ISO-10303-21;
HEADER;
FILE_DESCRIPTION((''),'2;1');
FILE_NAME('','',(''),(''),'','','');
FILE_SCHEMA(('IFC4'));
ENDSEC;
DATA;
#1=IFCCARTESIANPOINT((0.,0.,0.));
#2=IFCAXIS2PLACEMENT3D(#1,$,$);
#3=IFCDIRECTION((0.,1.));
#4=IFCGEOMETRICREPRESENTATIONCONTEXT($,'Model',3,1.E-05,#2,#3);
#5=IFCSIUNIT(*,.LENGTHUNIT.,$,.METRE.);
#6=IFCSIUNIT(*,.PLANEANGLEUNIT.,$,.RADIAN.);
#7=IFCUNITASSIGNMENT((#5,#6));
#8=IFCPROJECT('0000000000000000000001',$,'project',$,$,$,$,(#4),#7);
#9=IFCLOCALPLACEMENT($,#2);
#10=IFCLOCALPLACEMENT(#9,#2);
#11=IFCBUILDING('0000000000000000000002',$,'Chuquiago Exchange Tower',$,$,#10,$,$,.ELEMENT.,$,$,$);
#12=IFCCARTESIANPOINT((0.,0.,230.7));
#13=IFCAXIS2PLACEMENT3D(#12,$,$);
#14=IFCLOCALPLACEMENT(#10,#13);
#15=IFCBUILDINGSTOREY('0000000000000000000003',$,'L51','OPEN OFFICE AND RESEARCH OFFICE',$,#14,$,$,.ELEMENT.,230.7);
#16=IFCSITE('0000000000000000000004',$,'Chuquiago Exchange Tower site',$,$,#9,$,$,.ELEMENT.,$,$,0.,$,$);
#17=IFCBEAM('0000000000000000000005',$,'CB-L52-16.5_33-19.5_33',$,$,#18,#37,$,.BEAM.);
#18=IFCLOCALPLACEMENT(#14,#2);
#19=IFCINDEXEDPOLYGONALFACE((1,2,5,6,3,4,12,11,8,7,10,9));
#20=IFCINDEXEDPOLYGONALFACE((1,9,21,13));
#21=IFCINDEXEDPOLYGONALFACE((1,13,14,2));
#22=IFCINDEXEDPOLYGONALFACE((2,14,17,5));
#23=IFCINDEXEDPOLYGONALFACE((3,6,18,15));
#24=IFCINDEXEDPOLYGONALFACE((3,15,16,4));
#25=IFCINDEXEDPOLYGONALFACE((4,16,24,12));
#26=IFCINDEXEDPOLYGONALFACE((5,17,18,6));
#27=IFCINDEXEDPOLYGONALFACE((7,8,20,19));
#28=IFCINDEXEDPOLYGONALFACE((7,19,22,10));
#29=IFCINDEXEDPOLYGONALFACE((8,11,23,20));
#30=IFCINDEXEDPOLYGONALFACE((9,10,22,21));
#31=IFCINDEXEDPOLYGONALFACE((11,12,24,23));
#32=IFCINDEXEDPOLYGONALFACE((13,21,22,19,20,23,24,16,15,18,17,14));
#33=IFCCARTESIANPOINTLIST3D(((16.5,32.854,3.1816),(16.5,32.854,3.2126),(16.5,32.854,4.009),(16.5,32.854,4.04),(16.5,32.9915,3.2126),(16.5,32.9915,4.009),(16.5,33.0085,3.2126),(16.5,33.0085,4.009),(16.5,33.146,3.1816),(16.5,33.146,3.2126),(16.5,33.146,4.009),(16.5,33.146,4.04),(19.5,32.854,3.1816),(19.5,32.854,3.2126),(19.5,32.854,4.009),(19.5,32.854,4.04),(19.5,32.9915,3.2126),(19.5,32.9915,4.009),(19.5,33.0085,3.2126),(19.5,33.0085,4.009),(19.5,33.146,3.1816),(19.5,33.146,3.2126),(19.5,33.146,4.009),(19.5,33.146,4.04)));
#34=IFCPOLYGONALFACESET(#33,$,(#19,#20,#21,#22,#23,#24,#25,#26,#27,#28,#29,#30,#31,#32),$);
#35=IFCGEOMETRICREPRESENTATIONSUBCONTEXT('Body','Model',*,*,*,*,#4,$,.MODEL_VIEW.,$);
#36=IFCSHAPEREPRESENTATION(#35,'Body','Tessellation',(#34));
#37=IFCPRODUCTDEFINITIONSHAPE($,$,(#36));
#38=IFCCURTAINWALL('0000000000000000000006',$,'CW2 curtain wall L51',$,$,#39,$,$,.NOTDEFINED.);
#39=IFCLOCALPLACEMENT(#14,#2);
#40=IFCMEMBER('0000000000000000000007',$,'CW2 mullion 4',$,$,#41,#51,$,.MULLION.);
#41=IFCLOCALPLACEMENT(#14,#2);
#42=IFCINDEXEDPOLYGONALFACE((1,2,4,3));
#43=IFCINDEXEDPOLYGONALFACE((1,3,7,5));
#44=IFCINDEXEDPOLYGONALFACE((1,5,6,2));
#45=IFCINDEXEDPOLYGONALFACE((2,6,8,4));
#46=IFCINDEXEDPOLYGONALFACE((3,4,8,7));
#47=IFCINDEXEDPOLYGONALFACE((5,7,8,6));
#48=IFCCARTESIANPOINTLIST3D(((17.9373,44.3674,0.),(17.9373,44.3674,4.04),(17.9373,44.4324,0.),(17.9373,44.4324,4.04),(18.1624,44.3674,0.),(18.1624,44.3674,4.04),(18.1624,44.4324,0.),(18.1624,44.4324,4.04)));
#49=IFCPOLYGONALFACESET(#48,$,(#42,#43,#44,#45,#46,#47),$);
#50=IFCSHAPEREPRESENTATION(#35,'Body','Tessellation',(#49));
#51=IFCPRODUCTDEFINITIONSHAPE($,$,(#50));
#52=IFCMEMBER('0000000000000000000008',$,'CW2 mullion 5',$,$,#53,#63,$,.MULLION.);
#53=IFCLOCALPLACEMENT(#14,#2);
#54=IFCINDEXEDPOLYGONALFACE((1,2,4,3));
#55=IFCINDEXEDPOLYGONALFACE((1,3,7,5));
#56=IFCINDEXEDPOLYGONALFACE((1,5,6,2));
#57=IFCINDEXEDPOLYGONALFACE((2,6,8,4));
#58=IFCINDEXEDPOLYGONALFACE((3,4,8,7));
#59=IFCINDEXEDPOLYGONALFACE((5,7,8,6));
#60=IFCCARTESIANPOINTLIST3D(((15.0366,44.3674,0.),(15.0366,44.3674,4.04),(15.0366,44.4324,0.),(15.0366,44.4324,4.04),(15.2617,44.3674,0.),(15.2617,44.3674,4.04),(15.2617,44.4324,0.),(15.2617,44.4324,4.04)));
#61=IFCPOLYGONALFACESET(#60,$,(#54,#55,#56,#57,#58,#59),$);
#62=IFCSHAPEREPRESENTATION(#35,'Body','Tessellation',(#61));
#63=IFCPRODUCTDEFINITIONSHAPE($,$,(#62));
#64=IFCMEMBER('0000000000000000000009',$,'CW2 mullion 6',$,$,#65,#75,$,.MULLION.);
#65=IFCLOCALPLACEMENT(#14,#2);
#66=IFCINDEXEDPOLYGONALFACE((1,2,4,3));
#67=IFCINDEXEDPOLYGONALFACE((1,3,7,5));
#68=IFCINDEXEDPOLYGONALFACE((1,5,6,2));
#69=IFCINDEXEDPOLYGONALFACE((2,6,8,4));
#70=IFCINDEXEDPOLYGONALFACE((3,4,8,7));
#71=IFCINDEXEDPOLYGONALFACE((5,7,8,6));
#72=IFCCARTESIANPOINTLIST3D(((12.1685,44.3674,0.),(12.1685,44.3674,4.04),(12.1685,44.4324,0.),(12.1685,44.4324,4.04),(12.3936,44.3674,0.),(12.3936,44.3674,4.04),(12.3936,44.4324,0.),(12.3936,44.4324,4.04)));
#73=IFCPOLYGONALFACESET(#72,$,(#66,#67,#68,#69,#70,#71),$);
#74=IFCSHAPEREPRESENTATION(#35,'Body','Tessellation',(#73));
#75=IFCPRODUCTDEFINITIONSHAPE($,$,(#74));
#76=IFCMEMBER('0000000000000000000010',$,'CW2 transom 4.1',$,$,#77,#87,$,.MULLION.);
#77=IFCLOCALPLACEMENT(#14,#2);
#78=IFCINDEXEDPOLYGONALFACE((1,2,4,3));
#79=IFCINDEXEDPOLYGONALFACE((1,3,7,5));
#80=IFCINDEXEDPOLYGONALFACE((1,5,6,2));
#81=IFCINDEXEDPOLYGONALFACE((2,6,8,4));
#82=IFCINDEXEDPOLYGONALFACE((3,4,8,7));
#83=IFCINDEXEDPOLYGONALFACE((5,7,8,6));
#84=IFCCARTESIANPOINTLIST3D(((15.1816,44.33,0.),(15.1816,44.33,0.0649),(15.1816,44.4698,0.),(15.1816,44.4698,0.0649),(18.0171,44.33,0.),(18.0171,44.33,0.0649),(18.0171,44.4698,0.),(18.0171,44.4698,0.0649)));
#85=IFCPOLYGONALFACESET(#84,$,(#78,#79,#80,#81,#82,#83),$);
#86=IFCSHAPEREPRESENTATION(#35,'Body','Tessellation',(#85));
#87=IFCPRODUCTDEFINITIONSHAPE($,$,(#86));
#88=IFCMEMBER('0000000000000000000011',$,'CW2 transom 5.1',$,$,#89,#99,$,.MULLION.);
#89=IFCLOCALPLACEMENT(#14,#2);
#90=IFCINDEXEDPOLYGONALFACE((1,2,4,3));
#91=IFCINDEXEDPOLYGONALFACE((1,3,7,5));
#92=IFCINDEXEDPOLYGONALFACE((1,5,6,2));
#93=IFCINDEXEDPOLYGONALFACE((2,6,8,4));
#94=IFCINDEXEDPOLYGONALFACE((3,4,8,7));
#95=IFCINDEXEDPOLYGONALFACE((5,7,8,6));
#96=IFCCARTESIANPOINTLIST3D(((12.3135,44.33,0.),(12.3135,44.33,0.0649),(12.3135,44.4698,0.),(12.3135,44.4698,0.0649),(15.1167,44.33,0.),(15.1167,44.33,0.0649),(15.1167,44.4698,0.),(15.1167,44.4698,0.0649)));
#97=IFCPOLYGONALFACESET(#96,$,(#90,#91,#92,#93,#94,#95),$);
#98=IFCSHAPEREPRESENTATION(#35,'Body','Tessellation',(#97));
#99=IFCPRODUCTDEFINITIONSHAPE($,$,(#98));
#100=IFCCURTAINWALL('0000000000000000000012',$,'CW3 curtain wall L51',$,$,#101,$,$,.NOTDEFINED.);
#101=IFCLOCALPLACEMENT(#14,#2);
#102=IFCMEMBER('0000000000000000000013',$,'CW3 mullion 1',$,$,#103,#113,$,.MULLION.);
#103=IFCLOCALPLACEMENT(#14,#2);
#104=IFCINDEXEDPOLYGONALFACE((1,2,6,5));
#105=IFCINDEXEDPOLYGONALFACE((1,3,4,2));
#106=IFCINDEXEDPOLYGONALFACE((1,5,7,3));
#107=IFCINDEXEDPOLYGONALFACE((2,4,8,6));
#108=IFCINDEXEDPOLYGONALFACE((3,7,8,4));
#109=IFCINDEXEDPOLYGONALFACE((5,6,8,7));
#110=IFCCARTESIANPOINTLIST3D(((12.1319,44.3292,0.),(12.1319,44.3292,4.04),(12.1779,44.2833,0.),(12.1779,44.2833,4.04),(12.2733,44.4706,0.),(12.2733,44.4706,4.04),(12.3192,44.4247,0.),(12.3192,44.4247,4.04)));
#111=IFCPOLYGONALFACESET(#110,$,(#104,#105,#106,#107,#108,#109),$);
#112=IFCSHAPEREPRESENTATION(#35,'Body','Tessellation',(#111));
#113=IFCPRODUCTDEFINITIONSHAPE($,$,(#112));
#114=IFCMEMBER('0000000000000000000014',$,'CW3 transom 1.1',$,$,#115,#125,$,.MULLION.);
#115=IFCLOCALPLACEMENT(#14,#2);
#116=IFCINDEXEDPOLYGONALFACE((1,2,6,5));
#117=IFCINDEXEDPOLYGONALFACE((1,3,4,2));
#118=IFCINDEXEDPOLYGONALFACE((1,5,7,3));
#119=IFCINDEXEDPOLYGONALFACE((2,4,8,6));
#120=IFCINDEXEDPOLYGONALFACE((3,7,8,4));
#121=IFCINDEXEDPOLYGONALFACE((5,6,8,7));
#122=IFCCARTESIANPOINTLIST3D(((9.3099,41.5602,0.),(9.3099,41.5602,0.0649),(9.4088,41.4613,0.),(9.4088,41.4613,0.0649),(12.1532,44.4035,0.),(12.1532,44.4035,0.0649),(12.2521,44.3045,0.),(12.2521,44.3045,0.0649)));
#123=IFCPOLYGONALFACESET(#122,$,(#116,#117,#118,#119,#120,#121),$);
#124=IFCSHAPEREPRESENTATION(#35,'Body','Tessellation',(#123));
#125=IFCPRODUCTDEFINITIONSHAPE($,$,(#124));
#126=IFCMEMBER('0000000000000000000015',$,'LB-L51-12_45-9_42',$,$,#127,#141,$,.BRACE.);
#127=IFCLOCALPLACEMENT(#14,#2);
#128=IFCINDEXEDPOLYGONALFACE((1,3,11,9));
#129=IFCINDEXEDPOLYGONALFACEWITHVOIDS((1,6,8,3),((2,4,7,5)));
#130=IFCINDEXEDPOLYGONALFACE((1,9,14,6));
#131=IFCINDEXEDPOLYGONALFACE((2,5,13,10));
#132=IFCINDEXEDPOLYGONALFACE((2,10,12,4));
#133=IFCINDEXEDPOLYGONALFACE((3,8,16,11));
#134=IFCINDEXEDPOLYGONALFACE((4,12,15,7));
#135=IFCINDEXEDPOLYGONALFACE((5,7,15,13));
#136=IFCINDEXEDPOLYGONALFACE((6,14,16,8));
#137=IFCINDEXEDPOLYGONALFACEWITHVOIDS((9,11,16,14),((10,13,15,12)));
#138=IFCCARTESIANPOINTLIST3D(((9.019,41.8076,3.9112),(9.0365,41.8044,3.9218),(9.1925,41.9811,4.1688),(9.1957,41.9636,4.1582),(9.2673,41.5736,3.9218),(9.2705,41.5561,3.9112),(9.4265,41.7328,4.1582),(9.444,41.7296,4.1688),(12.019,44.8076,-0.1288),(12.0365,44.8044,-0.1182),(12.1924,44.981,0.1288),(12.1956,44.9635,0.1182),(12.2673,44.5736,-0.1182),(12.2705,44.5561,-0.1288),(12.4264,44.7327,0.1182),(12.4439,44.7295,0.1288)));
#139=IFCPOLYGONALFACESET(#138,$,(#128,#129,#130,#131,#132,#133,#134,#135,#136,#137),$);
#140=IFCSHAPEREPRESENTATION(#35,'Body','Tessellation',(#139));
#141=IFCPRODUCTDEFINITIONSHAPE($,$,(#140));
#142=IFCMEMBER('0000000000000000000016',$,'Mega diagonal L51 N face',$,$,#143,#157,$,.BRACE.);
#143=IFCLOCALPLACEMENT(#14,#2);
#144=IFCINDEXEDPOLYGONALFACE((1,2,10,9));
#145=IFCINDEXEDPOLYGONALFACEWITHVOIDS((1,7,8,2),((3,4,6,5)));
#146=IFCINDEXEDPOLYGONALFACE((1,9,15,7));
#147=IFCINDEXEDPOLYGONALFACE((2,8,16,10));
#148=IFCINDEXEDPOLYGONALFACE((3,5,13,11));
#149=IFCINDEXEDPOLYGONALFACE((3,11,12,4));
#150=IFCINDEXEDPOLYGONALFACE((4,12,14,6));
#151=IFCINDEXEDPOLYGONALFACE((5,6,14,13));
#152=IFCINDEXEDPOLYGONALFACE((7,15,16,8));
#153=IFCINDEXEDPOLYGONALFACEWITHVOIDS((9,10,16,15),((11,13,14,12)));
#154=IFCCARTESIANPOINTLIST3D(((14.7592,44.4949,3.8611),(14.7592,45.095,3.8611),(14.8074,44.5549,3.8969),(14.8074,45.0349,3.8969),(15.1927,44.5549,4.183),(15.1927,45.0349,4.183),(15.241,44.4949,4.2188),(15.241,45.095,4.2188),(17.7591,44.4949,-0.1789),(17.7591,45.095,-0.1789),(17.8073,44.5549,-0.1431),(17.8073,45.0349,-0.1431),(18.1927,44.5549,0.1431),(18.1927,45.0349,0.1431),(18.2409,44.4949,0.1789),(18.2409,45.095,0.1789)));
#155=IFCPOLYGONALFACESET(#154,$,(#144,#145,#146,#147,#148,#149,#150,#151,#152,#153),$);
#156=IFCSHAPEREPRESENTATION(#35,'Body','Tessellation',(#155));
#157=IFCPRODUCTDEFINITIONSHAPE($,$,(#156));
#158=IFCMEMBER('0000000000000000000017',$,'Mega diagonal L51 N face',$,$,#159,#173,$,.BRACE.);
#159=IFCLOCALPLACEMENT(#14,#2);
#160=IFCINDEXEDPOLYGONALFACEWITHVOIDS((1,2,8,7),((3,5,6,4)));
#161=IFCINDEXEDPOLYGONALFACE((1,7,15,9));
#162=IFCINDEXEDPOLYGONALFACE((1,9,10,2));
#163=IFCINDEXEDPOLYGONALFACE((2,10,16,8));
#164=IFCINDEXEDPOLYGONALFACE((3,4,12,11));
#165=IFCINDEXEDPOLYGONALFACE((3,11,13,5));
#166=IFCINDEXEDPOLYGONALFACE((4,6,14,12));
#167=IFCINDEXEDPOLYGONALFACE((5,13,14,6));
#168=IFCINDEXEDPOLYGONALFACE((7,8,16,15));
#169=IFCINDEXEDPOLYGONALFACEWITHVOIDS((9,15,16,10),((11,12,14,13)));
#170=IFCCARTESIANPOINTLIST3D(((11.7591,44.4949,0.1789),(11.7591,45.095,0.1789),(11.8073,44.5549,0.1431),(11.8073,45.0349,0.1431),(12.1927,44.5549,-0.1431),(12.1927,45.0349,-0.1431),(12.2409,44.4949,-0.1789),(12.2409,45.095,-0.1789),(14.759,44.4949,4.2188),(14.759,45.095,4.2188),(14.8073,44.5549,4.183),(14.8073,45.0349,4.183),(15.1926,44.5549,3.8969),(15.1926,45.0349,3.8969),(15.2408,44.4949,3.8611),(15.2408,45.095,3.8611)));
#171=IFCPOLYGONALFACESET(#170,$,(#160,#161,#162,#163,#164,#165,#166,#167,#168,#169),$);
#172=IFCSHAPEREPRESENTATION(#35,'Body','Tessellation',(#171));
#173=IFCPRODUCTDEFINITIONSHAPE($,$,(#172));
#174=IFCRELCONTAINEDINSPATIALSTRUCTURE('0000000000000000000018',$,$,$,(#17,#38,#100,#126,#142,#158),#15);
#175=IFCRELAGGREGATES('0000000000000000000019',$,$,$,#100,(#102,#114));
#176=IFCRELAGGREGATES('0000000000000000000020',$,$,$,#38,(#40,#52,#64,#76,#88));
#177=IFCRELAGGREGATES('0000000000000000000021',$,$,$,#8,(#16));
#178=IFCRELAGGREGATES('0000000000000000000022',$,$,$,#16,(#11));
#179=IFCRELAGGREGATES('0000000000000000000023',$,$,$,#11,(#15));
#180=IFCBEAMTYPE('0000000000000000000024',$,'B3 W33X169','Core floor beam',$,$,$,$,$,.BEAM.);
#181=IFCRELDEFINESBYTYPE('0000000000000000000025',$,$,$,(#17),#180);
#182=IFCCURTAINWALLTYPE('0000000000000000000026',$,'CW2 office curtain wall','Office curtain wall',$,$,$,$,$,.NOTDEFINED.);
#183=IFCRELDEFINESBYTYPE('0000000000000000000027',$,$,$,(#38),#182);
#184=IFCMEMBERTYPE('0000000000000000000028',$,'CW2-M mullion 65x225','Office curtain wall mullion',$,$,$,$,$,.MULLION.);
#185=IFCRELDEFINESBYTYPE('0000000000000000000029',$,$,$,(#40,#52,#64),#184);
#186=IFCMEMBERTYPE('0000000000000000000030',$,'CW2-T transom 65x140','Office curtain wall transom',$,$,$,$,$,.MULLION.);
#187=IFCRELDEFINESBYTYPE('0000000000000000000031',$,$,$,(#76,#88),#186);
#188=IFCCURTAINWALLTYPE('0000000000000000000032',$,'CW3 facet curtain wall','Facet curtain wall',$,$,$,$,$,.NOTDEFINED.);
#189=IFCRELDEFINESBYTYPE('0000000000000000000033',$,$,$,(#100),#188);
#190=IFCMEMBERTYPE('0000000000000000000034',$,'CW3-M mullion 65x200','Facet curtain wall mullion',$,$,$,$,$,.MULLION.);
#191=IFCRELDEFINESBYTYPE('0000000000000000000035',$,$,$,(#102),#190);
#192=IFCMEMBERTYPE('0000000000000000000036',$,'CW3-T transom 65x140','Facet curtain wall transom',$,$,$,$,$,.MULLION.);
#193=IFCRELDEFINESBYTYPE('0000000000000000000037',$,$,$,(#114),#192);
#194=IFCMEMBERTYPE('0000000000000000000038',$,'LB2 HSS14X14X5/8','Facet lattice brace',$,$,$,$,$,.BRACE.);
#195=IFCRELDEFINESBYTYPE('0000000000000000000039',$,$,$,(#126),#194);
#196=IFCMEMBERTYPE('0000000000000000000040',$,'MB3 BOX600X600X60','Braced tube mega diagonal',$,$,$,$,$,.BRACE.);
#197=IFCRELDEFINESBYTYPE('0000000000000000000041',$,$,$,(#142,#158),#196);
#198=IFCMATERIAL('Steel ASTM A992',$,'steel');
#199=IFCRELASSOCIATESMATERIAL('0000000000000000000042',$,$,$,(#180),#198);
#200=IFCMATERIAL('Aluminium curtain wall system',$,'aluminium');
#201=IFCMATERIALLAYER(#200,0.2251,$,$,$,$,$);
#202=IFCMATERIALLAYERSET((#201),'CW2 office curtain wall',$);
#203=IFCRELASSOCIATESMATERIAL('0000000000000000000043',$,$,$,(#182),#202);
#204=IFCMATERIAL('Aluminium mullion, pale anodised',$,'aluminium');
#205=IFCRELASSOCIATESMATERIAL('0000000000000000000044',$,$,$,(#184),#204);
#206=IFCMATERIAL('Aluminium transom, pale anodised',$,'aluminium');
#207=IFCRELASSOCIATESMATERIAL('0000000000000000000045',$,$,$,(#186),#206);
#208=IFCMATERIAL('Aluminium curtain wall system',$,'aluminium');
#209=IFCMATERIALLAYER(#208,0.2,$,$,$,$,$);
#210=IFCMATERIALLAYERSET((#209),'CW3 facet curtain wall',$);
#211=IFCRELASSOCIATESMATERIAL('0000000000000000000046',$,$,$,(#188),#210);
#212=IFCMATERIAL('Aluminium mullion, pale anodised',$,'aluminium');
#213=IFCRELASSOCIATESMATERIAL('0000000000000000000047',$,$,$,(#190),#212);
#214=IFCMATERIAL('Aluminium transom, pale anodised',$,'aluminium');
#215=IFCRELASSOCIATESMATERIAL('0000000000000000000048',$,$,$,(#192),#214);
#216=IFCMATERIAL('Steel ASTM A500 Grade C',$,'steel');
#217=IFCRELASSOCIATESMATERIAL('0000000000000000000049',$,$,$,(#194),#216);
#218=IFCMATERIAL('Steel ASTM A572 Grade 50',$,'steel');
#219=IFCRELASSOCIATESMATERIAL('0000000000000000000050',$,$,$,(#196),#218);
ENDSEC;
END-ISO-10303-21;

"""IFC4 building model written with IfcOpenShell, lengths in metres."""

from ifc_helpers import new_model, si_unit, direction, frame, origin, origin_2d, place, context, subcontext, project, spatial, rectangle, hollow_rectangle, i_section, extrude, material, layer, layer_set, material_profile, profile_set, type_object, element, aggregate, save


model = new_model("IFC4")

# Units and contexts
model_context = context("Model", 3, precision=1e-05, world=origin(), true_north=direction((0.0, 1.0)))
body_context = subcontext(model_context, "Body", "Model", "MODEL_VIEW")
ifc_project = project(units=[si_unit("LENGTHUNIT", "METRE"), si_unit("PLANEANGLEUNIT", "RADIAN")], contexts=[model_context])

# Site, building, storey
site_placement = place(None, origin())
site = spatial("IfcSite", under=ifc_project, at=site_placement, Name="Chuquiago Exchange Tower site", CompositionType="ELEMENT", RefElevation=0.0)
building_placement = place(site_placement, origin())
building = spatial("IfcBuilding", under=site, at=building_placement, Name="Chuquiago Exchange Tower", CompositionType="ELEMENT")
storey_placement = place(building_placement, frame((0.0, 0.0, 230.7)))
storey = spatial("IfcBuildingStorey", under=building, at=storey_placement, Name="L51", Description="OPEN OFFICE AND RESEARCH OFFICE", CompositionType="ELEMENT", Elevation=230.7)

# Beam
ifc_material_1 = material(Name="Steel ASTM A992", Category="steel")
ifc_material_profile_1 = material_profile(ifc_material_1, i_section(OverallWidth=0.292, OverallDepth=0.8584, WebThickness=0.0171, FlangeThickness=0.031, at=origin_2d()), Name="W33X169")
ifc_profile_set_1 = profile_set([ifc_material_profile_1], Name="Steel ASTM A992")
beam_type_1 = type_object("IfcBeamType", Name="B3 W33X169", Description="Core floor beam", PredefinedType="BEAM", material=ifc_profile_set_1)
beam_1_placement = place(storey_placement, frame((16.5, 33.0, 3.6108), z_axis=(1.0, 0.0, 0.0), x_axis=(0.0, 1.0, 0.0)))
element("IfcBeam", 1, at=beam_1_placement, inside=storey, type_object=beam_type_1, Name="CB-L52-16.5_33-19.5_33", PredefinedType="BEAM", context=body_context, shape_type="SweptSolid", body=[
    extrude(i_section(OverallWidth=0.292, OverallDepth=0.8584, WebThickness=0.0171, FlangeThickness=0.031, at=origin_2d()), origin(), (0.0, 0.0, 1.0), 3.0),
])

# Curtain walls, members
ifc_material_2 = material(Name="Aluminium curtain wall system", Category="aluminium")
ifc_layer_1 = layer(ifc_material_2, 0.2251)
ifc_layer_set_1 = layer_set([ifc_layer_1], Name="CW2 office curtain wall")
curtain_wall_type_1 = type_object("IfcCurtainWallType", Name="CW2 office curtain wall", Description="Office curtain wall", PredefinedType="NOTDEFINED", material=ifc_layer_set_1)
curtain_wall_1_placement = place(storey_placement, origin())
curtain_wall_1 = element("IfcCurtainWall", 2, at=curtain_wall_1_placement, inside=storey, type_object=curtain_wall_type_1, Name="CW2 curtain wall L51", PredefinedType="NOTDEFINED")
ifc_material_3 = material(Name="Aluminium mullion, pale anodised", Category="aluminium")
ifc_material_profile_2 = material_profile(ifc_material_3, rectangle(XDim=0.0649, YDim=0.2251, at=origin_2d()), Name="AL 65x225")
ifc_profile_set_2 = profile_set([ifc_material_profile_2], Name="Aluminium mullion, pale anodised")
member_type_1 = type_object("IfcMemberType", Name="CW2-M mullion 65x225", Description="Office curtain wall mullion", PredefinedType="MULLION", material=ifc_profile_set_2)
member_1_placement = place(storey_placement, frame((18.0498, 44.3999, 0.0), z_axis=(0.0, 0.0, 1.0), x_axis=(0.0, -1.0, 0.0)))
member_1 = element("IfcMember", 3, at=member_1_placement, type_object=member_type_1, Name="CW2 mullion 4", PredefinedType="MULLION", context=body_context, shape_type="SweptSolid", body=[
    extrude(rectangle(XDim=0.0649, YDim=0.2251, at=origin_2d()), origin(), (0.0, 0.0, 1.0), 4.04),
])
member_2_placement = place(storey_placement, frame((15.1492, 44.3999, 0.0), z_axis=(0.0, 0.0, 1.0), x_axis=(0.0, -1.0, 0.0)))
member_2 = element("IfcMember", 4, at=member_2_placement, type_object=member_type_1, Name="CW2 mullion 5", PredefinedType="MULLION", context=body_context, shape_type="SweptSolid", body=[
    extrude(rectangle(XDim=0.0649, YDim=0.2251, at=origin_2d()), origin(), (0.0, 0.0, 1.0), 4.04),
])
member_3_placement = place(storey_placement, frame((12.281, 44.3999, 0.0), z_axis=(0.0, 0.0, 1.0), x_axis=(0.0, -1.0, 0.0)))
member_3 = element("IfcMember", 5, at=member_3_placement, type_object=member_type_1, Name="CW2 mullion 6", PredefinedType="MULLION", context=body_context, shape_type="SweptSolid", body=[
    extrude(rectangle(XDim=0.0649, YDim=0.2251, at=origin_2d()), origin(), (0.0, 0.0, 1.0), 4.04),
])
ifc_material_4 = material(Name="Aluminium transom, pale anodised", Category="aluminium")
ifc_material_profile_3 = material_profile(ifc_material_4, rectangle(XDim=0.1399, YDim=0.0649, at=origin_2d()), Name="AL 140x65")
ifc_profile_set_3 = profile_set([ifc_material_profile_3], Name="Aluminium transom, pale anodised")
member_type_2 = type_object("IfcMemberType", Name="CW2-T transom 65x140", Description="Office curtain wall transom", PredefinedType="MULLION", material=ifc_profile_set_3)
member_4_placement = place(storey_placement, frame((18.0171, 44.3999, 0.0325), z_axis=(-1.0, 0.0, 0.0), x_axis=(0.0, -1.0, 0.0)))
member_4 = element("IfcMember", 6, at=member_4_placement, type_object=member_type_2, Name="CW2 transom 4.1", PredefinedType="MULLION", context=body_context, shape_type="SweptSolid", body=[
    extrude(rectangle(XDim=0.1399, YDim=0.0649, at=origin_2d()), origin(), (0.0, 0.0, 1.0), 2.8354),
])
member_5_placement = place(storey_placement, frame((15.1167, 44.3999, 0.0325), z_axis=(-1.0, 0.0, 0.0), x_axis=(0.0, -1.0, 0.0)))
member_5 = element("IfcMember", 7, at=member_5_placement, type_object=member_type_2, Name="CW2 transom 5.1", PredefinedType="MULLION", context=body_context, shape_type="SweptSolid", body=[
    extrude(rectangle(XDim=0.1399, YDim=0.0649, at=origin_2d()), origin(), (0.0, 0.0, 1.0), 2.8032),
])
ifc_material_5 = material(Name="Aluminium curtain wall system", Category="aluminium")
ifc_layer_2 = layer(ifc_material_5, 0.2)
ifc_layer_set_2 = layer_set([ifc_layer_2], Name="CW3 facet curtain wall")
curtain_wall_type_2 = type_object("IfcCurtainWallType", Name="CW3 facet curtain wall", Description="Facet curtain wall", PredefinedType="NOTDEFINED", material=ifc_layer_set_2)
curtain_wall_2_placement = place(storey_placement, origin())
curtain_wall_2 = element("IfcCurtainWall", 8, at=curtain_wall_2_placement, inside=storey, type_object=curtain_wall_type_2, Name="CW3 curtain wall L51", PredefinedType="NOTDEFINED")
ifc_material_6 = material(Name="Aluminium mullion, pale anodised", Category="aluminium")
ifc_material_profile_4 = material_profile(ifc_material_6, rectangle(XDim=0.0649, YDim=0.2, at=origin_2d()), Name="AL 65x200")
ifc_profile_set_4 = profile_set([ifc_material_profile_4], Name="Aluminium mullion, pale anodised")
member_type_3 = type_object("IfcMemberType", Name="CW3-M mullion 65x200", Description="Facet curtain wall mullion", PredefinedType="MULLION", material=ifc_profile_set_4)
member_6_placement = place(storey_placement, frame((12.2256, 44.377, 0.0), z_axis=(0.0, 0.0, 1.0), x_axis=(0.707107, -0.707107, 0.0)))
member_6 = element("IfcMember", 9, at=member_6_placement, type_object=member_type_3, Name="CW3 mullion 1", PredefinedType="MULLION", context=body_context, shape_type="SweptSolid", body=[
    extrude(rectangle(XDim=0.0649, YDim=0.2, at=origin_2d()), origin(), (0.0, 0.0, 1.0), 4.04),
])
ifc_material_7 = material(Name="Aluminium transom, pale anodised", Category="aluminium")
ifc_material_profile_5 = material_profile(ifc_material_7, rectangle(XDim=0.1399, YDim=0.0649, at=origin_2d()), Name="AL 140x65")
ifc_profile_set_5 = profile_set([ifc_material_profile_5], Name="Aluminium transom, pale anodised")
member_type_4 = type_object("IfcMemberType", Name="CW3-T transom 65x140", Description="Facet curtain wall transom", PredefinedType="MULLION", material=ifc_profile_set_5)
member_7_placement = place(storey_placement, frame((12.2026, 44.354, 0.0325), z_axis=(-0.707107, -0.707107, 0.0), x_axis=(0.707107, -0.707107, 0.0)))
member_7 = element("IfcMember", 10, at=member_7_placement, type_object=member_type_4, Name="CW3 transom 1.1", PredefinedType="MULLION", context=body_context, shape_type="SweptSolid", body=[
    extrude(rectangle(XDim=0.1399, YDim=0.0649, at=origin_2d()), origin(), (0.0, 0.0, 1.0), 4.021),
])
aggregate(curtain_wall_2, [member_6, member_7])

# Members
ifc_material_8 = material(Name="Steel ASTM A500 Grade C", Category="steel")
ifc_material_profile_6 = material_profile(ifc_material_8, hollow_rectangle(XDim=0.3557, YDim=0.3557, WallThickness=0.0146, at=origin_2d()), Name="HSS14X14X5/8")
ifc_profile_set_6 = profile_set([ifc_material_profile_6], Name="Steel ASTM A500 Grade C")
member_type_5 = type_object("IfcMemberType", Name="LB2 HSS14X14X5/8", Description="Facet lattice brace", PredefinedType="BRACE", material=ifc_profile_set_6)
member_8_placement = place(storey_placement, frame((12.2314, 44.7686, 0.0), z_axis=(-0.512077, -0.512077, 0.689604), x_axis=(0.707107, -0.707107, 0.0)))
element("IfcMember", 11, at=member_8_placement, inside=storey, type_object=member_type_5, Name="LB-L51-12_45-9_42", PredefinedType="BRACE", context=body_context, shape_type="SweptSolid", body=[
    extrude(hollow_rectangle(XDim=0.3557, YDim=0.3557, WallThickness=0.0146, at=origin_2d()), origin(), (0.0, 0.0, 1.0), 5.8584),
])
ifc_material_9 = material(Name="Steel ASTM A572 Grade 50", Category="steel")
ifc_material_profile_7 = material_profile(ifc_material_9, hollow_rectangle(XDim=0.6001, YDim=0.6001, WallThickness=0.0601, at=origin_2d()), Name="BOX600X600X60")
ifc_profile_set_7 = profile_set([ifc_material_profile_7], Name="Steel ASTM A572 Grade 50")
member_type_6 = type_object("IfcMemberType", Name="MB3 BOX600X600X60", Description="Braced tube mega diagonal", PredefinedType="BRACE", material=ifc_profile_set_7)
for number, where, z_axis, x_axis, name in (
    (12, (18.0, 44.7949, 0.0), (-0.596174, 0.0, 0.802855), (0.0, -1.0, 0.0), "Mega diagonal L51 N face"),
    (13, (12.0, 44.7949, 0.0), (0.596174, 0.0, 0.802855), (0.0, 1.0, 0.0), "Mega diagonal L51 N face"),
):
    element("IfcMember", number, at=place(storey_placement, frame(where, z_axis=z_axis, x_axis=x_axis)), inside=storey, type_object=member_type_6, Name=name, PredefinedType="BRACE", context=body_context, shape_type="SweptSolid", body=[
        extrude(hollow_rectangle(XDim=0.6001, YDim=0.6001, WallThickness=0.0601, at=origin_2d()), origin(), (0.0, 0.0, 1.0), 5.032),
    ])

aggregate(curtain_wall_1, [member_1, member_2, member_3, member_4, member_5])

save(model, "model.ifc")
